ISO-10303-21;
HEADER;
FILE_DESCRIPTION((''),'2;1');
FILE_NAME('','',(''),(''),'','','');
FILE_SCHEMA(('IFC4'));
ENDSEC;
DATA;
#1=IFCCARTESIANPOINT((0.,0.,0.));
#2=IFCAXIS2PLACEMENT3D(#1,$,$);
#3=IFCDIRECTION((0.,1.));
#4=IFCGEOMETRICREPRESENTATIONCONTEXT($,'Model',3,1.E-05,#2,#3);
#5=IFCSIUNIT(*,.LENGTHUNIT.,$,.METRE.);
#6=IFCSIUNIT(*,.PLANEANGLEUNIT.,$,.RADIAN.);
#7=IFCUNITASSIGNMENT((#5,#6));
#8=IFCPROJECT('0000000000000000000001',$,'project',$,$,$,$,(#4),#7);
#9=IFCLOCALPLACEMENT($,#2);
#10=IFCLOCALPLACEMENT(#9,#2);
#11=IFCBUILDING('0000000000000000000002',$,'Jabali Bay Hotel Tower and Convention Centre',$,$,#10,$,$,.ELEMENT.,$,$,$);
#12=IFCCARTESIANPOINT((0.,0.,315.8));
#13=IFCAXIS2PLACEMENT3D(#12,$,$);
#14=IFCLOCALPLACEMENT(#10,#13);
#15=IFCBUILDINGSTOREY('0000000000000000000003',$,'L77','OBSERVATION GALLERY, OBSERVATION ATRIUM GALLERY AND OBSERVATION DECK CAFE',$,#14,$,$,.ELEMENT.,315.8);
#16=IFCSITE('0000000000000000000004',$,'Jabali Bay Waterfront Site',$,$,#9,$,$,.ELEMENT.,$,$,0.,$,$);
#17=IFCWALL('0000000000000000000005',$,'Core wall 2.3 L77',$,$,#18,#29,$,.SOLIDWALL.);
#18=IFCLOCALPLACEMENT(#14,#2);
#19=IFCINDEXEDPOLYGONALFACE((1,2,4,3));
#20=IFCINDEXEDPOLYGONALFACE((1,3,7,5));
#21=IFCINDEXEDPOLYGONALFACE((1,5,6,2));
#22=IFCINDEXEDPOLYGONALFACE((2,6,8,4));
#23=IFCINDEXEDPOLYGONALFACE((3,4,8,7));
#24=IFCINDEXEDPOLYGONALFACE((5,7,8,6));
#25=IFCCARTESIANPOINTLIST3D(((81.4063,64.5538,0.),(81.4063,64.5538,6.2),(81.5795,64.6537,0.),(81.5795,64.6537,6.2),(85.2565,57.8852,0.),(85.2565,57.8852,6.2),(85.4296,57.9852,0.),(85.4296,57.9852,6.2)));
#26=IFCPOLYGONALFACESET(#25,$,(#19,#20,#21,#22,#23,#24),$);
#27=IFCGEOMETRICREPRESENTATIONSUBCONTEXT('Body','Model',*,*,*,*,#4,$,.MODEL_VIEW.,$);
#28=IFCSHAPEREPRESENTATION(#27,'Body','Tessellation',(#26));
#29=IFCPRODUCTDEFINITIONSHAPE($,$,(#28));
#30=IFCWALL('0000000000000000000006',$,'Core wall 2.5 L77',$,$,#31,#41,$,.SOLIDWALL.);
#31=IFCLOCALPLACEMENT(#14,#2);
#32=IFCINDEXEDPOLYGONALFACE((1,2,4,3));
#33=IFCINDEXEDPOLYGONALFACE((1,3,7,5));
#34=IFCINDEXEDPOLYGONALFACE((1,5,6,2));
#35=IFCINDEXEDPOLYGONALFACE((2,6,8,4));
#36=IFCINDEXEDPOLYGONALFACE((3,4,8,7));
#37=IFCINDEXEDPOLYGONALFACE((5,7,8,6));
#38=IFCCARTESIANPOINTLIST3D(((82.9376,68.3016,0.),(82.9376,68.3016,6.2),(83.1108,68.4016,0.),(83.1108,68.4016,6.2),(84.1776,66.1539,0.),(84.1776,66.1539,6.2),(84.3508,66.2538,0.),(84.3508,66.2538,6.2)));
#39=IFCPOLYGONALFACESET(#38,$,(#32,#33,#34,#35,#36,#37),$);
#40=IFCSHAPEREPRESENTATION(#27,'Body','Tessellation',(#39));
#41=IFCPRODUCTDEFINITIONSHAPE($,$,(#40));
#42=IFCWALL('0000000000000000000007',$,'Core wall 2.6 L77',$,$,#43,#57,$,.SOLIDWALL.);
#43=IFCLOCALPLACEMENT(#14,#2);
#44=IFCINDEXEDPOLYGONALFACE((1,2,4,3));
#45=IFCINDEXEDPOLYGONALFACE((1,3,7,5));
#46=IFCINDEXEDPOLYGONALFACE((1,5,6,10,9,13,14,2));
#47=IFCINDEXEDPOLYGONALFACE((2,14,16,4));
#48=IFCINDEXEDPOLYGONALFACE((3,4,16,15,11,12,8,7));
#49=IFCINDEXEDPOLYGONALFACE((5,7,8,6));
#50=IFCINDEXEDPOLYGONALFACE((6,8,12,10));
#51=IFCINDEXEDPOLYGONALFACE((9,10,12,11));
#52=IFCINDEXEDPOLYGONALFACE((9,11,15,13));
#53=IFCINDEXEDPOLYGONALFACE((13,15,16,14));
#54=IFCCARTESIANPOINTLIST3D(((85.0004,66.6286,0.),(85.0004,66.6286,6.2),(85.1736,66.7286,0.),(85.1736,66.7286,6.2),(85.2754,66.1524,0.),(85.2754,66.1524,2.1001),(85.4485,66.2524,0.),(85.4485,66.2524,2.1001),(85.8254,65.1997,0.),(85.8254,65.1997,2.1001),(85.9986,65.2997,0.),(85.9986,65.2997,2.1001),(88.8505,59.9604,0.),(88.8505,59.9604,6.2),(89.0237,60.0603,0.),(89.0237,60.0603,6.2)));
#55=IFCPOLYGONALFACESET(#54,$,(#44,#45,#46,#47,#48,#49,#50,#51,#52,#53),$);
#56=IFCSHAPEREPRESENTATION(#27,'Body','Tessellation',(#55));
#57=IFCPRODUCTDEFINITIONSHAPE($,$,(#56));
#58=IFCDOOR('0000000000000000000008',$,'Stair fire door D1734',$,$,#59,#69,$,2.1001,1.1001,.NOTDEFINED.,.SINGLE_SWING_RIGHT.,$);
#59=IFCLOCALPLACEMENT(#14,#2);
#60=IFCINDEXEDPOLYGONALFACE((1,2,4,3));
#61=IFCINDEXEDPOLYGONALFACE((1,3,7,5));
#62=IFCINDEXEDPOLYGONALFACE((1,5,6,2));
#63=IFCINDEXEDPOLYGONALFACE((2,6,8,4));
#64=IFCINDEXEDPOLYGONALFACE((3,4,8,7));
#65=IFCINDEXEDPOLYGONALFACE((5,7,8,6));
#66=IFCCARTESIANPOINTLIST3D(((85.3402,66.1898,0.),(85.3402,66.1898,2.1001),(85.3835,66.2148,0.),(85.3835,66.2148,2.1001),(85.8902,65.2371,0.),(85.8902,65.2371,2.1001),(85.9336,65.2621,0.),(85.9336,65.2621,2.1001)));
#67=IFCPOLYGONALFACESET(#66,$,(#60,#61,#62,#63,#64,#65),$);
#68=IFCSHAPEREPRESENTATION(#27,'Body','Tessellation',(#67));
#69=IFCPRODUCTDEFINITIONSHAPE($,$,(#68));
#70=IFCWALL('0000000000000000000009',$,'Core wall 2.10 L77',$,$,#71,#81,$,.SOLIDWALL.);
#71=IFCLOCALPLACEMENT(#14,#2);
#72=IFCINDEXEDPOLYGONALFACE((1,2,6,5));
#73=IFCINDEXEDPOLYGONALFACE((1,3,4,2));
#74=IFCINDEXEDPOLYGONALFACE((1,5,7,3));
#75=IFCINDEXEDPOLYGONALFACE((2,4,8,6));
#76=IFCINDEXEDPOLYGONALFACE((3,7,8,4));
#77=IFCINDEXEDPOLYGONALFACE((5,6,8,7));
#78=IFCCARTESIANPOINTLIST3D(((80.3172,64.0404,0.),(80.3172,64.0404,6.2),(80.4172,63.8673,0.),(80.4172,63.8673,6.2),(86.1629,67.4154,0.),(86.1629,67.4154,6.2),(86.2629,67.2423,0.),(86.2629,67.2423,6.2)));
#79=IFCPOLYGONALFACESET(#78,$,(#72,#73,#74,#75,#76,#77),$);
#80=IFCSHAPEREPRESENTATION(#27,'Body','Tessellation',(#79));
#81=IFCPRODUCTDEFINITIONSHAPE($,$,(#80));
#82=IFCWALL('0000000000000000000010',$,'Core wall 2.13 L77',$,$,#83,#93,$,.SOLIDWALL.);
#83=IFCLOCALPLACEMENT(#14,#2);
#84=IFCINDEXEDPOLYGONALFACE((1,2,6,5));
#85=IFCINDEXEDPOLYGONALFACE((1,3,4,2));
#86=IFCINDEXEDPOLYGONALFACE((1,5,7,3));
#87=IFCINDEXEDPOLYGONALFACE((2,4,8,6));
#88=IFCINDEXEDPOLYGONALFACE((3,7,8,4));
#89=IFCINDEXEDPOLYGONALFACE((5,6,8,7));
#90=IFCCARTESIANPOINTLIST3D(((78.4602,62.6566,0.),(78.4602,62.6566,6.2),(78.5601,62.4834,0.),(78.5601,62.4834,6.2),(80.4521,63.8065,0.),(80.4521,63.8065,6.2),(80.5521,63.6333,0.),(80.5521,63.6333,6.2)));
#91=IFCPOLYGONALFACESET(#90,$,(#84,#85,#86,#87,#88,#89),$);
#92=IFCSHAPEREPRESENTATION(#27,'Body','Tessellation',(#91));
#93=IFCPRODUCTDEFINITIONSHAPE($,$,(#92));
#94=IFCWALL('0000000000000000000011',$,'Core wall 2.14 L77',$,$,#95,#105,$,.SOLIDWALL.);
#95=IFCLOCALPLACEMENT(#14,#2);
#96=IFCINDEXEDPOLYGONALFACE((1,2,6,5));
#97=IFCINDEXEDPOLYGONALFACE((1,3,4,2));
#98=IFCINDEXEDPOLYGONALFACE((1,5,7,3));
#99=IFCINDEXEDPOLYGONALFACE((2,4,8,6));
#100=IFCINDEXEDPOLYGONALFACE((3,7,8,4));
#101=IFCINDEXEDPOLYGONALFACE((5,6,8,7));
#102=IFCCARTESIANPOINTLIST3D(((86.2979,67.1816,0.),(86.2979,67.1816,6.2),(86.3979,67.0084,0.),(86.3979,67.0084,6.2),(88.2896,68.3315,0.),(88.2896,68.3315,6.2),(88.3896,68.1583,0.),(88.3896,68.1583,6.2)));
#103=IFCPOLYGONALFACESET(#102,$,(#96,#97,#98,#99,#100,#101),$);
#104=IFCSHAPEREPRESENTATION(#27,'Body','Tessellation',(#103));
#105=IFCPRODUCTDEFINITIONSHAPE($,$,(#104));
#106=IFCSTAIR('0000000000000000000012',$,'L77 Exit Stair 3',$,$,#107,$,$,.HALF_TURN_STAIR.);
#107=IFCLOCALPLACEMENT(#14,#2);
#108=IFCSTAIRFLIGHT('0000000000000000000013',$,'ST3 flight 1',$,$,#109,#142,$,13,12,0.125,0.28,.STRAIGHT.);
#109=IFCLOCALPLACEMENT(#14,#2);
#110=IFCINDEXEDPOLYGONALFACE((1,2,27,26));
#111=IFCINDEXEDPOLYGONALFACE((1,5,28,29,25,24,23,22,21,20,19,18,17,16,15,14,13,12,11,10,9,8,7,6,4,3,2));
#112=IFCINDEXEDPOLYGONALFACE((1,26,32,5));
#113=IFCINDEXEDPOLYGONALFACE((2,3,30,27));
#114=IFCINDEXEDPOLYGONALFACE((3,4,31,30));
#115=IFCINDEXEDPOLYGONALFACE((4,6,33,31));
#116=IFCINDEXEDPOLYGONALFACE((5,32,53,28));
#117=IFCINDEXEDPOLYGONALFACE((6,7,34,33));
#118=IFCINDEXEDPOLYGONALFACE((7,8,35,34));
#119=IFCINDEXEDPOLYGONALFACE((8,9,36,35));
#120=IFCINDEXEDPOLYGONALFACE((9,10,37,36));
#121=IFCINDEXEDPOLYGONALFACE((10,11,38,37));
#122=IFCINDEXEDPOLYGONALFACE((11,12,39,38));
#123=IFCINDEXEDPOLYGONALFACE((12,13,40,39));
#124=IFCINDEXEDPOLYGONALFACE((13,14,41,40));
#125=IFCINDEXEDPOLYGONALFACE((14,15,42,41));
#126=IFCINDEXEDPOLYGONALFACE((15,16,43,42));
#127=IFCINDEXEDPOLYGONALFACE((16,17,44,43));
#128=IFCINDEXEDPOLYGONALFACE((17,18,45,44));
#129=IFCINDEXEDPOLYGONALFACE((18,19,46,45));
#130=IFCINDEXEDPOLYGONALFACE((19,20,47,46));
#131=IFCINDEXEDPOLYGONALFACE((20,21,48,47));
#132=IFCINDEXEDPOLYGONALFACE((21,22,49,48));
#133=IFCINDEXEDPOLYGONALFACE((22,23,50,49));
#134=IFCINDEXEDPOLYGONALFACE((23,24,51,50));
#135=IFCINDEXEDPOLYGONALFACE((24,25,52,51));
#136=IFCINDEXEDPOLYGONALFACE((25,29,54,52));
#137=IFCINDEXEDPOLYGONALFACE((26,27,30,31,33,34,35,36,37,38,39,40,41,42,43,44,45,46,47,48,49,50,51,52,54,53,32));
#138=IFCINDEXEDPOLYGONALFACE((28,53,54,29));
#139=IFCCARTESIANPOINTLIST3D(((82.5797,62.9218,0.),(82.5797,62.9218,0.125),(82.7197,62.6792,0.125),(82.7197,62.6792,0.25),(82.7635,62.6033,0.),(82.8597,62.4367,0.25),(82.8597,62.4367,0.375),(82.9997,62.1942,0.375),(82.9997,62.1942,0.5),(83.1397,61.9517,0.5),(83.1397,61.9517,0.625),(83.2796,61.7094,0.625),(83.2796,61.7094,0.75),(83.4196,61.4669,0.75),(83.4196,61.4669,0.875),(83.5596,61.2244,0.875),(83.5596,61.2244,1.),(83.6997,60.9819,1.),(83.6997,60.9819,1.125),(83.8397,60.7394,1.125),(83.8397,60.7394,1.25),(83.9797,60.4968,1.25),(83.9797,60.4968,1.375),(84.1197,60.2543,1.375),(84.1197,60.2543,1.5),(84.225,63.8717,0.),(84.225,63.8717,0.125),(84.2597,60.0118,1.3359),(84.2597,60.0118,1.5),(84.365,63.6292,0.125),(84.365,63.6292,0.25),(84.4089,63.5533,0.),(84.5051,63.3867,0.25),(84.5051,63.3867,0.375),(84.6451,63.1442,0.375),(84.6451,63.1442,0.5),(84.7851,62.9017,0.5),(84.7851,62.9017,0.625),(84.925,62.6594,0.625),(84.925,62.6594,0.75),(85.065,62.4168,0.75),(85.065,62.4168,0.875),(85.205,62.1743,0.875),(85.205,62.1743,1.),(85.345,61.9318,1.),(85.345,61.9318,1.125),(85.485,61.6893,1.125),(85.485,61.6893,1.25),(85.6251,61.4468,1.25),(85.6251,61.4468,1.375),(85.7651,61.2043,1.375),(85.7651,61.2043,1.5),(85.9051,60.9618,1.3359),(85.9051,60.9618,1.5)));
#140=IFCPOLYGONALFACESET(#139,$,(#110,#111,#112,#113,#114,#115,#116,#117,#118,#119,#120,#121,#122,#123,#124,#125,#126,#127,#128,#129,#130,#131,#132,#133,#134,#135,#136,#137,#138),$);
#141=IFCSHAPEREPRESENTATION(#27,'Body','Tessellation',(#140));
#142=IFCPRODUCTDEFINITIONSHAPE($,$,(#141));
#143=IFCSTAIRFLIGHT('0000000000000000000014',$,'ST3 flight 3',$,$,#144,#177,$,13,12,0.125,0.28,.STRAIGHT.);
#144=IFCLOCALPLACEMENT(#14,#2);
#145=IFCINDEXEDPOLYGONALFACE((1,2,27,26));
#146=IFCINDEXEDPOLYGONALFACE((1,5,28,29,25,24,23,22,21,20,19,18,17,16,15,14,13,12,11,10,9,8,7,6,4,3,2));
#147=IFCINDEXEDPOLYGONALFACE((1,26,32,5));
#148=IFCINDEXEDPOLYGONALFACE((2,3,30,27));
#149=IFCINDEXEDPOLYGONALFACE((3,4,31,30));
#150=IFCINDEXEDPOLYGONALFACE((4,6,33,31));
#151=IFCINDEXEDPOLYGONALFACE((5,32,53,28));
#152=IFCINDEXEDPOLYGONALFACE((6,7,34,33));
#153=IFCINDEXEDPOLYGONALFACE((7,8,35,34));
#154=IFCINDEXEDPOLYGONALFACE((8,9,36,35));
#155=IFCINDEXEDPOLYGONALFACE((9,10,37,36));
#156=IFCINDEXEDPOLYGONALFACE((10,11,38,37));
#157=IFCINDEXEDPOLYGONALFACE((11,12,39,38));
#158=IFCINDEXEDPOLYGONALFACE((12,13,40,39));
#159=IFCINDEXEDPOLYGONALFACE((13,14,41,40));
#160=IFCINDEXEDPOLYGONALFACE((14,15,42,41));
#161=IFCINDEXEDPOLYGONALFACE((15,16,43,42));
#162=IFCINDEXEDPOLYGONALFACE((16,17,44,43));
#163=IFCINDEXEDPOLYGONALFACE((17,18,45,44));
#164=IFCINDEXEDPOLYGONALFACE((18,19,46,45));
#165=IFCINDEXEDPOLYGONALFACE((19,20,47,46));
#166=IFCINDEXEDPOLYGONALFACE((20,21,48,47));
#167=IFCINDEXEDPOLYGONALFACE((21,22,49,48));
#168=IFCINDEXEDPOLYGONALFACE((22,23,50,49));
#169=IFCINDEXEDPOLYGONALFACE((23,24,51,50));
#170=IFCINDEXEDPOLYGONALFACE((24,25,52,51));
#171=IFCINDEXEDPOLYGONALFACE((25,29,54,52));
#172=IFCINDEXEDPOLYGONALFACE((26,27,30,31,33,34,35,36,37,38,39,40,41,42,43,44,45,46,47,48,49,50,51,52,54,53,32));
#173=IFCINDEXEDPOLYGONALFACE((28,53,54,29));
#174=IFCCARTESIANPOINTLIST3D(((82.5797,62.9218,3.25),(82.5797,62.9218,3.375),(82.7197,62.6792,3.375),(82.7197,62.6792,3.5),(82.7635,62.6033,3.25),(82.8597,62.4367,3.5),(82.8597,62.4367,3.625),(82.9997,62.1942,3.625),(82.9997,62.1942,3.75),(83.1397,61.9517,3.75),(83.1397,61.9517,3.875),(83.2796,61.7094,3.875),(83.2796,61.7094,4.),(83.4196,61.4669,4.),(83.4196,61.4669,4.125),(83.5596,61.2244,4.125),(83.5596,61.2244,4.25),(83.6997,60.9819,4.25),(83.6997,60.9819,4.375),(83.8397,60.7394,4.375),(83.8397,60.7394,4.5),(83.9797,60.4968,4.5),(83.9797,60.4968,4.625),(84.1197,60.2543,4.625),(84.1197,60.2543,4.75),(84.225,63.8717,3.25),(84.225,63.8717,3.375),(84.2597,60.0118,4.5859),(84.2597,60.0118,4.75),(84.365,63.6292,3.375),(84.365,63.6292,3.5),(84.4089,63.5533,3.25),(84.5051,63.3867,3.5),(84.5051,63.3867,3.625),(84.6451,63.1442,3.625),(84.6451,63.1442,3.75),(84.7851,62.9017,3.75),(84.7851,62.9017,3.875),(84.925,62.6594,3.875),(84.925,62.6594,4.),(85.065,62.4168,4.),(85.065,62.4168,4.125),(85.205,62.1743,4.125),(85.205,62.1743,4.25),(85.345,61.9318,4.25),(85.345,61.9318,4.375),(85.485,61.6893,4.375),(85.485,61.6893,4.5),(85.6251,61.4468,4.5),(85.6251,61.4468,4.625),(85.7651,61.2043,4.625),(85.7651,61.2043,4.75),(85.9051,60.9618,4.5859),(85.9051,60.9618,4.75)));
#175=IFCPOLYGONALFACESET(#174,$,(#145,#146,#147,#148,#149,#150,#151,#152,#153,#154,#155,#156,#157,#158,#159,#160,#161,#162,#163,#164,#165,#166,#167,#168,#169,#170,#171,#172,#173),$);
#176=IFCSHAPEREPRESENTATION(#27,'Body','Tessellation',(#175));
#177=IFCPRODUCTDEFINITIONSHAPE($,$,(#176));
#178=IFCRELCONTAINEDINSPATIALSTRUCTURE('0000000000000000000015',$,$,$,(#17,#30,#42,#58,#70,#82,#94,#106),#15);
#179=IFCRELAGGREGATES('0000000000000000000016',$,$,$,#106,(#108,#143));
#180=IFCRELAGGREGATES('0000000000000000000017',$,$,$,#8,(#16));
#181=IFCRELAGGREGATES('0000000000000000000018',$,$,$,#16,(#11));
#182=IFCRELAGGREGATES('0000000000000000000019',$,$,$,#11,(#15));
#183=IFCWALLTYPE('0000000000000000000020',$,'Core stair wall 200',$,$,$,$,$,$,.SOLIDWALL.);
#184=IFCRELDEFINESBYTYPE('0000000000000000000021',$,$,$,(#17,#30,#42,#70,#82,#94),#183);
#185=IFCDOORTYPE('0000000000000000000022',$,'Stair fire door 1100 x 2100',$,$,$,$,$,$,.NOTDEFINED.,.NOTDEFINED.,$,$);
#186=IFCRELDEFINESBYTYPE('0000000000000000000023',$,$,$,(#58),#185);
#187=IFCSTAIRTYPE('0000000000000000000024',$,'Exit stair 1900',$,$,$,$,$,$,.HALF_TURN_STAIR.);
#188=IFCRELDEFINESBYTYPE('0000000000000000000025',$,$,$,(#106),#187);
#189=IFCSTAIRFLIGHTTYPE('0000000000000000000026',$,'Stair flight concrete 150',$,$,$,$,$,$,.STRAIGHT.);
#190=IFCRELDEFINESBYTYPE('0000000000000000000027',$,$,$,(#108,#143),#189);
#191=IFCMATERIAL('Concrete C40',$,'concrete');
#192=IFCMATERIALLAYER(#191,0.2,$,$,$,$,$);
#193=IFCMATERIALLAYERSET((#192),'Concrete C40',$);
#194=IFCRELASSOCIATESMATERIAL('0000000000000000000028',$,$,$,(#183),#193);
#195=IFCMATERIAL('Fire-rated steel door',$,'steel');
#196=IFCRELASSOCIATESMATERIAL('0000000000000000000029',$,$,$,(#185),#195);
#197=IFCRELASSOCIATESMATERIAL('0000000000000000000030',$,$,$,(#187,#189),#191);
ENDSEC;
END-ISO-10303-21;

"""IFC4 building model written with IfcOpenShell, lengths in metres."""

from ifc_helpers import new_model, si_unit, direction, frame, frame_2d, origin, place, context, subcontext, project, spatial, polyline, rectangle, outline, extrude, material, layer, layer_set, type_object, element, fill, aggregate, save


model = new_model("IFC4")

# Units and contexts
model_context = context("Model", 3, precision=1e-05, world=origin(), true_north=direction((0.0, 1.0)))
body_context = subcontext(model_context, "Body", "Model", "MODEL_VIEW")
ifc_project = project(units=[si_unit("LENGTHUNIT", "METRE"), si_unit("PLANEANGLEUNIT", "RADIAN")], contexts=[model_context])

# Site, building, storey
site_placement = place(None, origin())
site = spatial("IfcSite", under=ifc_project, at=site_placement, Name="Jabali Bay Waterfront Site", CompositionType="ELEMENT", RefElevation=0.0)
building_placement = place(site_placement, origin())
building = spatial("IfcBuilding", under=site, at=building_placement, Name="Jabali Bay Hotel Tower and Convention Centre", CompositionType="ELEMENT")
storey_placement = place(building_placement, frame((0.0, 0.0, 315.8)))
storey = spatial("IfcBuildingStorey", under=building, at=storey_placement, Name="L77", Description="OBSERVATION GALLERY, OBSERVATION ATRIUM GALLERY AND OBSERVATION DECK CAFE", CompositionType="ELEMENT", Elevation=315.8)

# Shared definitions
ifc_material_1 = material(Name="Concrete C40", Category="concrete")
ifc_material_2 = material(Name="Fire-rated steel door", Category="steel")

# Walls
ifc_layer_1 = layer(ifc_material_1, 0.2)
ifc_layer_set_1 = layer_set([ifc_layer_1], Name="Concrete C40")
wall_type_1 = type_object("IfcWallType", Name="Core stair wall 200", PredefinedType="SOLIDWALL", material=ifc_layer_set_1)
wall_1_placement = place(storey_placement, frame((81.4929, 64.6038, 0.0), z_axis=(0.0, 0.0, 1.0), x_axis=(0.500006, -0.866022, 0.0)))
element("IfcWall", 1, at=wall_1_placement, inside=storey, type_object=wall_type_1, Name="Core wall 2.3 L77", PredefinedType="SOLIDWALL", context=body_context, shape_type="SweptSolid", body=[
    extrude(rectangle(XDim=7.7002, YDim=0.2, at=frame_2d((3.8501, 0.0))), origin(), (0.0, 0.0, 1.0), 6.2),
])
wall_2_placement = place(storey_placement, frame((83.0242, 68.3516, 0.0), z_axis=(0.0, 0.0, 1.0), x_axis=(0.500004, -0.866023, 0.0)))
element("IfcWall", 2, at=wall_2_placement, inside=storey, type_object=wall_type_1, Name="Core wall 2.5 L77", PredefinedType="SOLIDWALL", context=body_context, shape_type="SweptSolid", body=[
    extrude(rectangle(XDim=2.48, YDim=0.2, at=frame_2d((1.24, 0.0))), origin(), (0.0, 0.0, 1.0), 6.2),
])

# Wall, opening, door
wall_3_placement = place(storey_placement, frame((85.0869, 66.6787, 0.0), z_axis=(0.0, 0.0, 1.0), x_axis=(0.50002, -0.866014, 0.0)))
wall_3 = element("IfcWall", 3, at=wall_3_placement, inside=storey, type_object=wall_type_1, Name="Core wall 2.6 L77", PredefinedType="SOLIDWALL", context=body_context, shape_type="SweptSolid", body=[
    extrude(rectangle(XDim=7.7, YDim=0.2, at=frame_2d((3.8501, 0.0))), origin(), (0.0, 0.0, 1.0), 6.2),
])
opening_1_placement = place(wall_3_placement, frame((0.55, 0.0, 0.0)))
opening_1 = element("IfcOpeningElement", 4, at=opening_1_placement, cuts=wall_3, PredefinedType="OPENING", context=body_context, shape_type="SweptSolid", body=[
    extrude(rectangle(XDim=1.1001, YDim=2.1001, at=frame_2d((0.55, 1.05))), frame((0.0, 0.1104, 0.0), z_axis=(0.0, -1.0, 0.0), x_axis=(1.0, 0.0, 0.0)), (0.0, 0.0, 1.0), 0.2209),
])
door_type_1 = type_object("IfcDoorType", Name="Stair fire door 1100 x 2100", OperationType="NOTDEFINED", PredefinedType="NOTDEFINED", material=ifc_material_2)
door_1_placement = place(opening_1_placement, origin())
door_1 = element("IfcDoor", 5, at=door_1_placement, inside=storey, type_object=door_type_1, Name="Stair fire door D1734", OperationType="SINGLE_SWING_RIGHT", OverallHeight=2.1001, OverallWidth=1.1001, PredefinedType="NOTDEFINED", context=body_context, shape_type="SweptSolid", body=[
    extrude(rectangle(XDim=1.1001, YDim=2.1001, at=frame_2d((0.55, 1.05))), frame((0.0, 0.0249, 0.0), z_axis=(0.0, -1.0, 0.0), x_axis=(1.0, 0.0, 0.0)), (0.0, 0.0, 1.0), 0.05),
])
fill(opening_1, door_1)

# Walls
wall_4_placement = place(storey_placement, frame((80.3672, 63.9539, 0.0), z_axis=(0.0, 0.0, 1.0), x_axis=(0.866027, 0.499998, 0.0)))
element("IfcWall", 6, at=wall_4_placement, inside=storey, type_object=wall_type_1, Name="Core wall 2.10 L77", PredefinedType="SOLIDWALL", context=body_context, shape_type="SweptSolid", body=[
    extrude(rectangle(XDim=6.75, YDim=0.2, at=frame_2d((3.375, 0.0))), origin(), (0.0, 0.0, 1.0), 6.2),
])
wall_5_placement = place(storey_placement, frame((78.5103, 62.5701, 0.0), z_axis=(0.0, 0.0, 1.0), x_axis=(0.866053, 0.499952, 0.0)))
element("IfcWall", 7, at=wall_5_placement, inside=storey, type_object=wall_type_1, Name="Core wall 2.13 L77", PredefinedType="SOLIDWALL", context=body_context, shape_type="SweptSolid", body=[
    extrude(rectangle(XDim=2.3, YDim=0.2, at=frame_2d((1.1499, 0.0))), origin(), (0.0, 0.0, 1.0), 6.2),
])
wall_6_placement = place(storey_placement, frame((86.3479, 67.095, 0.0), z_axis=(0.0, 0.0, 1.0), x_axis=(0.866026, 0.499998, 0.0)))
element("IfcWall", 8, at=wall_6_placement, inside=storey, type_object=wall_type_1, Name="Core wall 2.14 L77", PredefinedType="SOLIDWALL", context=body_context, shape_type="SweptSolid", body=[
    extrude(rectangle(XDim=2.2998, YDim=0.2, at=frame_2d((1.1499, 0.0))), origin(), (0.0, 0.0, 1.0), 6.2),
])

# Stair, stair flights
stair_type = type_object("IfcStairType", Name="Exit stair 1900", PredefinedType="HALF_TURN_STAIR", material=ifc_material_1)
stair_placement = place(storey_placement, origin())
stair = element("IfcStair", 9, at=stair_placement, inside=storey, type_object=stair_type, Name="L77 Exit Stair 3", PredefinedType="HALF_TURN_STAIR")
stair_flight_type = type_object("IfcStairFlightType", Name="Stair flight concrete 150", PredefinedType="STRAIGHT", material=ifc_material_1)
stair_flight_1_placement = place(storey_placement, frame((83.4023, 63.3967, 0.0), z_axis=(0.0, 0.0, 1.0), x_axis=(0.5, -0.866025, 0.0)))
stair_flight_1 = element("IfcStairFlight", 10, at=stair_flight_1_placement, type_object=stair_flight_type, Name="ST3 flight 1", NumberOfRisers=13, NumberOfTreads=12, PredefinedType="STRAIGHT", RiserHeight=0.125, TreadLength=0.28, context=body_context, shape_type="SweptSolid", body=[
    extrude(outline(polyline([(0.0, 0.0), (0.0, 0.125), (0.28, 0.125), (0.28, 0.25), (0.5601, 0.25), (0.5601, 0.375), (0.8401, 0.375), (0.8401, 0.5), (1.1201, 0.5), (1.1201, 0.625), (1.3999, 0.625), (1.3999, 0.75), (1.6799, 0.75), (1.6799, 0.875), (1.96, 0.875), (1.96, 1.0), (2.24, 1.0), (2.24, 1.125), (2.52, 1.125), (2.52, 1.25), (2.8, 1.25), (2.8, 1.375), (3.0801, 1.375), (3.0801, 1.5), (3.3601, 1.5), (3.3601, 1.625), (3.3601, 1.3359), (0.3677, 0.0), (0.0, 0.0)])), frame((0.0, 0.95, 0.0), z_axis=(0.0, -1.0, 0.0), x_axis=(1.0, 0.0, 0.0)), (0.0, 0.0, 1.0), 1.8999),
])
stair_flight_2_placement = place(storey_placement, frame((83.4023, 63.3967, 3.25), z_axis=(0.0, 0.0, 1.0), x_axis=(0.5, -0.866025, 0.0)))
stair_flight_2 = element("IfcStairFlight", 11, at=stair_flight_2_placement, type_object=stair_flight_type, Name="ST3 flight 3", NumberOfRisers=13, NumberOfTreads=12, PredefinedType="STRAIGHT", RiserHeight=0.125, TreadLength=0.28, context=body_context, shape_type="SweptSolid", body=[
    extrude(outline(polyline([(0.0, 0.0), (0.0, 0.125), (0.28, 0.125), (0.28, 0.25), (0.5601, 0.25), (0.5601, 0.375), (0.8401, 0.375), (0.8401, 0.5), (1.1201, 0.5), (1.1201, 0.625), (1.3999, 0.625), (1.3999, 0.75), (1.6799, 0.75), (1.6799, 0.875), (1.96, 0.875), (1.96, 1.0), (2.24, 1.0), (2.24, 1.125), (2.52, 1.125), (2.52, 1.25), (2.8, 1.25), (2.8, 1.375), (3.0801, 1.375), (3.0801, 1.5), (3.3601, 1.5), (3.3601, 1.625), (3.3601, 1.3359), (0.3677, 0.0), (0.0, 0.0)])), frame((0.0, 0.95, 0.0), z_axis=(0.0, -1.0, 0.0), x_axis=(1.0, 0.0, 0.0)), (0.0, 0.0, 1.0), 1.8999),
])
aggregate(stair, [stair_flight_1, stair_flight_2])

save(model, "model.ifc")
